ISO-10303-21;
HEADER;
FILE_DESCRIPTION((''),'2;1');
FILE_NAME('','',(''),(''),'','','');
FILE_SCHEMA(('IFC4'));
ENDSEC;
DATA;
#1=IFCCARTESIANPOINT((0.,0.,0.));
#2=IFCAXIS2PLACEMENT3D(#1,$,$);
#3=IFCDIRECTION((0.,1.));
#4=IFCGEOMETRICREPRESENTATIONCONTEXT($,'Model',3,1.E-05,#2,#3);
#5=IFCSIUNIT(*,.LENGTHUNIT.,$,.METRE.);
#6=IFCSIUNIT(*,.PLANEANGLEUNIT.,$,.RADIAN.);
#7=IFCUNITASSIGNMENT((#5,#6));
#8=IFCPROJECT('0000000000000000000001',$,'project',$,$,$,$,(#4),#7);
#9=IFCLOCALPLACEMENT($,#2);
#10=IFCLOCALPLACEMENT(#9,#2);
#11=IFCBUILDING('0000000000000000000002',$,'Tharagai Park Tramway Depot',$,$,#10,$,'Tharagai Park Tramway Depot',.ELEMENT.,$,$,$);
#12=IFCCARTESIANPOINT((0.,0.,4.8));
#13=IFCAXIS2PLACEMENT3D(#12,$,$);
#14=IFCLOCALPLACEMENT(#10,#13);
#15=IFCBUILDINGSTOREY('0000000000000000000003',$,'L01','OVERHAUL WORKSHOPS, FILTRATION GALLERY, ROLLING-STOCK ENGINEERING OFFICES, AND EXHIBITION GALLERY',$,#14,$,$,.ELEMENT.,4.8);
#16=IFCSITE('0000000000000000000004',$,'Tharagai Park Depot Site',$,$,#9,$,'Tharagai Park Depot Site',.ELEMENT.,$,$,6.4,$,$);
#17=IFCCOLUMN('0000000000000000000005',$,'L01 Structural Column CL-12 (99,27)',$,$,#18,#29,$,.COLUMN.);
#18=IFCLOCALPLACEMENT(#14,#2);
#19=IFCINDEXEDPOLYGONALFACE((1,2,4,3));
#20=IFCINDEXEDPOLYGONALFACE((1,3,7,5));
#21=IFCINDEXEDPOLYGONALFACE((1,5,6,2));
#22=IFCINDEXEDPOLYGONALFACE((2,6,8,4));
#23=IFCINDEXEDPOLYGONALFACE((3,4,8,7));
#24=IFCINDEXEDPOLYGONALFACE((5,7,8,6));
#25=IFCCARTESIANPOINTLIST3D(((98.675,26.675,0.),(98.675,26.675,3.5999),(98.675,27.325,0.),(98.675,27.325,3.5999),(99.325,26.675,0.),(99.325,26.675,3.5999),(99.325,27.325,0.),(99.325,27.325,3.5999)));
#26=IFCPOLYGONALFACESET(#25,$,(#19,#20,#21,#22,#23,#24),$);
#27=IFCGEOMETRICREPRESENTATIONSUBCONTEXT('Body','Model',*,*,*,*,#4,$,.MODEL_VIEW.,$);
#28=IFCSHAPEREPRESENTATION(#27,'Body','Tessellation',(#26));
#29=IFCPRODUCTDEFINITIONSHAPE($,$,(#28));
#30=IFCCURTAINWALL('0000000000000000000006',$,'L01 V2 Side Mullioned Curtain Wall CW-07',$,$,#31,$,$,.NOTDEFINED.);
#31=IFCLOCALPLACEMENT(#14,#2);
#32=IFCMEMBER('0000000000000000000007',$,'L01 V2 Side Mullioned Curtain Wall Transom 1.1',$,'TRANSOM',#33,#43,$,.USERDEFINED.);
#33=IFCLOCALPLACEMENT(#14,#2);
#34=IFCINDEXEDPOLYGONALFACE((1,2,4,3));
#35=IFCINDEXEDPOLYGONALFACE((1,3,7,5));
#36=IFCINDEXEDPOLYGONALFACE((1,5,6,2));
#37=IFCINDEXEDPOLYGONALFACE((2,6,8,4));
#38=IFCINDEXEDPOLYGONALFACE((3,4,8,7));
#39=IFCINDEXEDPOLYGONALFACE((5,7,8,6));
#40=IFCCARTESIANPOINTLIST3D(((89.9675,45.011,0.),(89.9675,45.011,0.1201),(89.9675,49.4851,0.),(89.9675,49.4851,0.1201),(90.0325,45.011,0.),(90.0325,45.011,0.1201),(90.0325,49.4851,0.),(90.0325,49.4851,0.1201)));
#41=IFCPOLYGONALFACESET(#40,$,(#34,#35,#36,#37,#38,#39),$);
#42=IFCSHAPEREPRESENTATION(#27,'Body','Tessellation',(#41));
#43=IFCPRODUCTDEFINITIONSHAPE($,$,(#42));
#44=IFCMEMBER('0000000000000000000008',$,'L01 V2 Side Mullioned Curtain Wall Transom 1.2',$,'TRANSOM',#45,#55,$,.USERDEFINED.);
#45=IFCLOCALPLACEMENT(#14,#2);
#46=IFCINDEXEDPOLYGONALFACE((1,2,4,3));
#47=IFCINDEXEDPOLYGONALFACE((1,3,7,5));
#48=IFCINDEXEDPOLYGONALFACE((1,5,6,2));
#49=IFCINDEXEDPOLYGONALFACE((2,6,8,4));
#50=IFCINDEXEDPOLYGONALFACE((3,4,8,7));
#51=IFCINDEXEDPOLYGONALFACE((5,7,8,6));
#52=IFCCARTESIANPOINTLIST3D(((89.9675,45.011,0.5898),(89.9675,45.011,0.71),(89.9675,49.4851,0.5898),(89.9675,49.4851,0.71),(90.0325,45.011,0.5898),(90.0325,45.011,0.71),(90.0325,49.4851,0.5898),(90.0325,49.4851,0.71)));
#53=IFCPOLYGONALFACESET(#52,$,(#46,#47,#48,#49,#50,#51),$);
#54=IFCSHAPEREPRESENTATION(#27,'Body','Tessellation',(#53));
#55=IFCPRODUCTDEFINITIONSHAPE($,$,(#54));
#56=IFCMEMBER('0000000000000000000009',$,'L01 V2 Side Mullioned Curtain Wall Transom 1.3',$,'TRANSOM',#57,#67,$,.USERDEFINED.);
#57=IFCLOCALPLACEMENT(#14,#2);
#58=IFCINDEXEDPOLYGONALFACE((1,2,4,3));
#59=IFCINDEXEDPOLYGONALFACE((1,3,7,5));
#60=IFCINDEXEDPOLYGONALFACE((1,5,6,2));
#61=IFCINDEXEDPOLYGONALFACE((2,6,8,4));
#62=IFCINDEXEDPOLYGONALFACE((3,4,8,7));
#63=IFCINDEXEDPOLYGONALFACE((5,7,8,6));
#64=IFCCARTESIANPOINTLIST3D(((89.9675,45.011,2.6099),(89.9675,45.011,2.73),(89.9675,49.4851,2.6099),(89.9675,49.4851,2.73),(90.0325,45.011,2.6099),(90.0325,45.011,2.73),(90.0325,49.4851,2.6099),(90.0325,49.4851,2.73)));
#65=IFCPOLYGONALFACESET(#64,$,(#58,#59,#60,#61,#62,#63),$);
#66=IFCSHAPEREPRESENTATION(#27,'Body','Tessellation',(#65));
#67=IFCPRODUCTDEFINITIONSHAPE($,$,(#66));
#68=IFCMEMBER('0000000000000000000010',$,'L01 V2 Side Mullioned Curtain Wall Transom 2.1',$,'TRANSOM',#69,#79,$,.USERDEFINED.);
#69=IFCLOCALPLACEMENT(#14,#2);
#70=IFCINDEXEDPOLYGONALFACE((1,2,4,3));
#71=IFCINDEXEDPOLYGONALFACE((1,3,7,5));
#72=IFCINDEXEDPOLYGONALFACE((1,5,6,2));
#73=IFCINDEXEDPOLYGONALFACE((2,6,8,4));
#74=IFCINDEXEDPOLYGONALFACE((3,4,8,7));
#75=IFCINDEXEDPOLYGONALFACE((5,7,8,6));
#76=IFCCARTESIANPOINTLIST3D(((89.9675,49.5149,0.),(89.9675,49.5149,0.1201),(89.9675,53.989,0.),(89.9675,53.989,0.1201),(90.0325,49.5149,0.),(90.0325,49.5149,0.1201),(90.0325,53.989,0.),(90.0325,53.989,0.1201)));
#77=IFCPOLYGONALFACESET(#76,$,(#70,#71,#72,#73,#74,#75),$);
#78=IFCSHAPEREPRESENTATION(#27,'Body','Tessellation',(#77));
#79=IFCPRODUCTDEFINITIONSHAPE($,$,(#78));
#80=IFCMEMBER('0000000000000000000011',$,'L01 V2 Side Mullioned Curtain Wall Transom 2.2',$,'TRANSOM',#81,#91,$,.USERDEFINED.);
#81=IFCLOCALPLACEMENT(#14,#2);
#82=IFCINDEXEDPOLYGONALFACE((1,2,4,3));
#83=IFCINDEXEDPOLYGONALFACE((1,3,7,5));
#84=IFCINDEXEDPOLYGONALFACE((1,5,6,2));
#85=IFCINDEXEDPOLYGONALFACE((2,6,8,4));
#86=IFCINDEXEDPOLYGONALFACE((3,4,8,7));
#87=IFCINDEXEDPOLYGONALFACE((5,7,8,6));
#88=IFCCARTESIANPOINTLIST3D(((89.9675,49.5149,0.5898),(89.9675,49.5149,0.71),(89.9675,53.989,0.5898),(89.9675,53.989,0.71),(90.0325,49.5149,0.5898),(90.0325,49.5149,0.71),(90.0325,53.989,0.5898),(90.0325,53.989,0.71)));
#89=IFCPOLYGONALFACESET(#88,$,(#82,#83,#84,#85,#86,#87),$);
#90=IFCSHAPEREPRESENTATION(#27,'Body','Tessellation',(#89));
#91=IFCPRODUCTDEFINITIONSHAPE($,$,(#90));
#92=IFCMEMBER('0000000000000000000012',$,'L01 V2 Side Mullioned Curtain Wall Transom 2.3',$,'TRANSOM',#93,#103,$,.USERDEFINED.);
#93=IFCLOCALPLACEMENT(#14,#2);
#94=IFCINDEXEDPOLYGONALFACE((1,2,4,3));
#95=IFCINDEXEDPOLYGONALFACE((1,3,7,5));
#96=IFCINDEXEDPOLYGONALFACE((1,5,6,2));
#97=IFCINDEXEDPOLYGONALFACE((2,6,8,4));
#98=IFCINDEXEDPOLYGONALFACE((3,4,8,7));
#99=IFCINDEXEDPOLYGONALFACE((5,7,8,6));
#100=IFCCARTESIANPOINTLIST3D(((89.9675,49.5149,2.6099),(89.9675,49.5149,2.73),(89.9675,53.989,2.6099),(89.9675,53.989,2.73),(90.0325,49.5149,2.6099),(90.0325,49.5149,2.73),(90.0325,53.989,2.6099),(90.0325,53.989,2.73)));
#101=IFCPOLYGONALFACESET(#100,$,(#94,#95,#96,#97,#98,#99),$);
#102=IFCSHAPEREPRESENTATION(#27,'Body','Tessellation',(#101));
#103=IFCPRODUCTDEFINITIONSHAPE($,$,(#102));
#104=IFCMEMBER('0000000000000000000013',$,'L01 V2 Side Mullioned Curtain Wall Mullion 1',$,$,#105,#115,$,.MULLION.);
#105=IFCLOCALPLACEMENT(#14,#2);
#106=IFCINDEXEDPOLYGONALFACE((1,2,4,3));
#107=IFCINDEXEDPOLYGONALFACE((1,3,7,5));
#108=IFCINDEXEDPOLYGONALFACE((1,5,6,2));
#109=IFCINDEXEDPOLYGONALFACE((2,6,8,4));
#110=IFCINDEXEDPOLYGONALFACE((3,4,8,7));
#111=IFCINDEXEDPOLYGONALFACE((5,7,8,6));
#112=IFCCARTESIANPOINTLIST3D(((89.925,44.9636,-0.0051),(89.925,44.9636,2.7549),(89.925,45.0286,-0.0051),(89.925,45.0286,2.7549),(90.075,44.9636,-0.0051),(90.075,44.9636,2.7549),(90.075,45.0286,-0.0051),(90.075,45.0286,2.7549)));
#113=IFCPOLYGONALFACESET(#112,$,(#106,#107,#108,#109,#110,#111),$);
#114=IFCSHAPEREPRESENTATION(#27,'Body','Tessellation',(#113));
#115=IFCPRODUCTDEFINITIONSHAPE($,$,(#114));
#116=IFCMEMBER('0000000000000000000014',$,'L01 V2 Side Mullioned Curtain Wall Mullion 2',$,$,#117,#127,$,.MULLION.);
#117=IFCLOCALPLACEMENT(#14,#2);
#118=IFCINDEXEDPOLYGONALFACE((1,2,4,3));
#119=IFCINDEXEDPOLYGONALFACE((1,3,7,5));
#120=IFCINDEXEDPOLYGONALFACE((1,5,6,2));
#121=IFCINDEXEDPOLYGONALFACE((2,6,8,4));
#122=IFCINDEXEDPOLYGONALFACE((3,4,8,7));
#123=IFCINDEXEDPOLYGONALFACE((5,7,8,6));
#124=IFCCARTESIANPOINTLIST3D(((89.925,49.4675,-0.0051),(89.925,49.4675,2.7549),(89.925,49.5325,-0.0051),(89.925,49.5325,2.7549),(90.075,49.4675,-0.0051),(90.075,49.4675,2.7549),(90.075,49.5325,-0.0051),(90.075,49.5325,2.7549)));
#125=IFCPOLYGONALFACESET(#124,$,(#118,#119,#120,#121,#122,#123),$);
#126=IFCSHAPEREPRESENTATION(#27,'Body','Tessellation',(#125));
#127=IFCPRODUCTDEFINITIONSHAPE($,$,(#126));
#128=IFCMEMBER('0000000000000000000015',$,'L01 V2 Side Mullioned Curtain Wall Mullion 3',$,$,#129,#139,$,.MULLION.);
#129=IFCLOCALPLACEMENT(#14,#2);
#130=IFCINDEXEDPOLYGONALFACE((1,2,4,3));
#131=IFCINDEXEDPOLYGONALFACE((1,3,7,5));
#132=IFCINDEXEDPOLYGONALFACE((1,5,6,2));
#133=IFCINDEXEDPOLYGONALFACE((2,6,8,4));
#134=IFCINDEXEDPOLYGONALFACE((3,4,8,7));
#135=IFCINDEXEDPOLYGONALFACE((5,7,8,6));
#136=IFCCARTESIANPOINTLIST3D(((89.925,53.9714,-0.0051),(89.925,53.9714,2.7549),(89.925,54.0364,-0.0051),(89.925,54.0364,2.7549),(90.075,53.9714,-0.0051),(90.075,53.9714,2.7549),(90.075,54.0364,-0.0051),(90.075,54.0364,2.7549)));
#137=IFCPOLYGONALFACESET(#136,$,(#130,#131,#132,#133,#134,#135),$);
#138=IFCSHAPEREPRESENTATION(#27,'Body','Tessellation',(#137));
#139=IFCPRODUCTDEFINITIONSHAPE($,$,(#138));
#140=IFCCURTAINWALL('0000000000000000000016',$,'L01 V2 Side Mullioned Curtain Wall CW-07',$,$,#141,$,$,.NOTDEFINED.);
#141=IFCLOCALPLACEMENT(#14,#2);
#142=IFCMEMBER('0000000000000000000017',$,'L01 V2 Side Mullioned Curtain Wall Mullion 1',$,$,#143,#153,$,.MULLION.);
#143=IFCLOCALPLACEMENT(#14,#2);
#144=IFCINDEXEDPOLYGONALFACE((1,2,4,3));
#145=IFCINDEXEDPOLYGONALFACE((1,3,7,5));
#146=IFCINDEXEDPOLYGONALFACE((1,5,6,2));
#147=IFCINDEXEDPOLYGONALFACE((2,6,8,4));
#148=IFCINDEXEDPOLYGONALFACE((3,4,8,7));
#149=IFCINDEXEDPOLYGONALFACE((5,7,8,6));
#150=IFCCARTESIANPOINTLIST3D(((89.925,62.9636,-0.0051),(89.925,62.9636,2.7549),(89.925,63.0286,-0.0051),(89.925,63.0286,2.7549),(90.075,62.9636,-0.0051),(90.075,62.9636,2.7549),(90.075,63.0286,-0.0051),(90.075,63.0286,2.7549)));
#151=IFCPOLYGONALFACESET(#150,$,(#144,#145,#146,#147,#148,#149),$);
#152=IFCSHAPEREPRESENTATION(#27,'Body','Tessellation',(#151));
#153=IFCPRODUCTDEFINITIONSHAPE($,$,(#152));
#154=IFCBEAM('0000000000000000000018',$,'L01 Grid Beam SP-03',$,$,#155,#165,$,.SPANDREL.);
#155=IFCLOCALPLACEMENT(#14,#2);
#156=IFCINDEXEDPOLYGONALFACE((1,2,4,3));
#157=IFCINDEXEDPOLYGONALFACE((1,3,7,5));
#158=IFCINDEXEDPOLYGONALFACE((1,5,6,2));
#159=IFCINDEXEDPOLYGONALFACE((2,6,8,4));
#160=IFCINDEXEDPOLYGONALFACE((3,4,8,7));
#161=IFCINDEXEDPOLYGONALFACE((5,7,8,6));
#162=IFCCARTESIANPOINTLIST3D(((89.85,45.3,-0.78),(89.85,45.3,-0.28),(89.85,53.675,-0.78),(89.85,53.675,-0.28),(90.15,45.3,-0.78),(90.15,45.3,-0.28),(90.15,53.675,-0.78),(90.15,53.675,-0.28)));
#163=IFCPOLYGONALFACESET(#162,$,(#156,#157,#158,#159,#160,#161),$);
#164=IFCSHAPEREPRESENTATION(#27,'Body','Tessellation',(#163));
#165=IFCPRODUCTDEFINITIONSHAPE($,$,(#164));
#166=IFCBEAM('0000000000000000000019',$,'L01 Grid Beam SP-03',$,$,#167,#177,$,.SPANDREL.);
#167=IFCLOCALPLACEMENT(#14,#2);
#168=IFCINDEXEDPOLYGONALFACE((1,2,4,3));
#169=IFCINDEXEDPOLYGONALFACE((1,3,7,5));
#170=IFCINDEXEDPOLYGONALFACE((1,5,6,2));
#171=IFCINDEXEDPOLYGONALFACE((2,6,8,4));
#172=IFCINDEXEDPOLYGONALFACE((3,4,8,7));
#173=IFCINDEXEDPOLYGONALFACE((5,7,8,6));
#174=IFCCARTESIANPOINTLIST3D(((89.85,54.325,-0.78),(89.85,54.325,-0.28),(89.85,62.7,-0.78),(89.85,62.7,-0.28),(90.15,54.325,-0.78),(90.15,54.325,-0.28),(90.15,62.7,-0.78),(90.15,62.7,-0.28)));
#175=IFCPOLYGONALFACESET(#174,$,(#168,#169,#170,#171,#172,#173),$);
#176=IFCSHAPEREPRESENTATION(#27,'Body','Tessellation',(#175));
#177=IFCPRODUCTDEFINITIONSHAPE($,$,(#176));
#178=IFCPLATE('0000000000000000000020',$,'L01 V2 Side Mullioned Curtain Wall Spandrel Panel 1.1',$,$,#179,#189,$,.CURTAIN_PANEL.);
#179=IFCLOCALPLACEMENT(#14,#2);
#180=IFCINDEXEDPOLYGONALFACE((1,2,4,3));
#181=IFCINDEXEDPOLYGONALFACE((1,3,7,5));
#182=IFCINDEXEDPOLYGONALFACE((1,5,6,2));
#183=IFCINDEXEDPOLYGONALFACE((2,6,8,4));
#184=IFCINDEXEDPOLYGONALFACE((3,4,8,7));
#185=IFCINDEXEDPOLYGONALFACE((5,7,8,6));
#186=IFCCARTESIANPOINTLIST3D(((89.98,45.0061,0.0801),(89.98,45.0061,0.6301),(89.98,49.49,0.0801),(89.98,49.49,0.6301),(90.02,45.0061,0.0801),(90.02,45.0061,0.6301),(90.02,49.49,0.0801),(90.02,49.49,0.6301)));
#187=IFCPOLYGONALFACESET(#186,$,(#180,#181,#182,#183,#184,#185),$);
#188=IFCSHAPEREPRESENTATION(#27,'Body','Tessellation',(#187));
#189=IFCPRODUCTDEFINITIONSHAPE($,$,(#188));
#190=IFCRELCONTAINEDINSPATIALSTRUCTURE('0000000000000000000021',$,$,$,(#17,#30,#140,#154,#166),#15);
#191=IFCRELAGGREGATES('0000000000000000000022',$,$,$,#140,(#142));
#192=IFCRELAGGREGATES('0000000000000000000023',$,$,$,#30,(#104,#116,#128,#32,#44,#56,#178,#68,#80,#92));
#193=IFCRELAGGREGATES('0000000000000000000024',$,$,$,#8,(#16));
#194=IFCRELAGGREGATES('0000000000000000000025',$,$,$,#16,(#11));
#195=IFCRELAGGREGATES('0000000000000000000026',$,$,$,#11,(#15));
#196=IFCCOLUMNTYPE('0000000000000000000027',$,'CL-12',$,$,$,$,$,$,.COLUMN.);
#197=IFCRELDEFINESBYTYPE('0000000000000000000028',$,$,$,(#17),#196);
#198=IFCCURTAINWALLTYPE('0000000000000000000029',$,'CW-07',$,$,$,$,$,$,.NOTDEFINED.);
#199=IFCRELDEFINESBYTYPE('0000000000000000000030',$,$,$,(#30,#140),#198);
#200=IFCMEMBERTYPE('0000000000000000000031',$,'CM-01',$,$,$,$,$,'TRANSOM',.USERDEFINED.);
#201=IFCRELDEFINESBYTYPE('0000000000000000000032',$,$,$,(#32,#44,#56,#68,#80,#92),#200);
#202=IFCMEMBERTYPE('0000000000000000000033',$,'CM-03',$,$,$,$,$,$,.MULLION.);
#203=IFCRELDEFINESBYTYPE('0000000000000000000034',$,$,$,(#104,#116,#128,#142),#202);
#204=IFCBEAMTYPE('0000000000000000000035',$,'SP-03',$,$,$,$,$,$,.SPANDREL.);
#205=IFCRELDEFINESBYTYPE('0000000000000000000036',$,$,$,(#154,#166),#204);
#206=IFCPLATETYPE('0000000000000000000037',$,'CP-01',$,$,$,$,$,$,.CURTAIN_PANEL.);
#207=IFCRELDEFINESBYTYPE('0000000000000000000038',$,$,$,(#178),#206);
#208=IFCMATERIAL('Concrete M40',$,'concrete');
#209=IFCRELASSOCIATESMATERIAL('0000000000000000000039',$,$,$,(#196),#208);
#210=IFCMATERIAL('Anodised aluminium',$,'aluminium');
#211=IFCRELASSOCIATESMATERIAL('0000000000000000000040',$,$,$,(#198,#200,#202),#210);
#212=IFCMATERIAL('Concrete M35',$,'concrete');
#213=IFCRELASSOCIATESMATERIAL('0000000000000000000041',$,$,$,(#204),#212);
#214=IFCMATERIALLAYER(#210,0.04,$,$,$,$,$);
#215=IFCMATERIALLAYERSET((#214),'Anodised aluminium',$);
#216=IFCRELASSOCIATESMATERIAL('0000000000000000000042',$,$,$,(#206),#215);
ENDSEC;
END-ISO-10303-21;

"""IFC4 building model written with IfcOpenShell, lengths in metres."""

from ifc_helpers import new_model, si_unit, direction, frame, origin, origin_2d, place, context, subcontext, project, spatial, rectangle, extrude, material, layer, layer_set, material_profile, profile_set, type_object, element, aggregate, save


model = new_model("IFC4")

# Units and contexts
model_context = context("Model", 3, precision=1e-05, world=origin(), true_north=direction((0.0, 1.0)))
body_context = subcontext(model_context, "Body", "Model", "MODEL_VIEW")
ifc_project = project(units=[si_unit("LENGTHUNIT", "METRE"), si_unit("PLANEANGLEUNIT", "RADIAN")], contexts=[model_context])

# Site, building, storey
site_placement = place(None, origin())
site = spatial("IfcSite", under=ifc_project, at=site_placement, Name="Tharagai Park Depot Site", LongName="Tharagai Park Depot Site", CompositionType="ELEMENT", RefElevation=6.4)
building_placement = place(site_placement, origin())
building = spatial("IfcBuilding", under=site, at=building_placement, Name="Tharagai Park Tramway Depot", LongName="Tharagai Park Tramway Depot", CompositionType="ELEMENT")
storey_placement = place(building_placement, frame((0.0, 0.0, 4.8)))
storey = spatial("IfcBuildingStorey", under=building, at=storey_placement, Name="L01", Description="OVERHAUL WORKSHOPS, FILTRATION GALLERY, ROLLING-STOCK ENGINEERING OFFICES, AND EXHIBITION GALLERY", CompositionType="ELEMENT", Elevation=4.8)

# Column
ifc_material_1 = material(Name="Concrete M40", Category="concrete")
ifc_material_profile_1 = material_profile(ifc_material_1, rectangle(XDim=0.6499, YDim=0.6499, at=origin_2d()), Name="RC 650x650")
ifc_profile_set_1 = profile_set([ifc_material_profile_1], Name="Concrete M40")
column_type = type_object("IfcColumnType", Name="CL-12", PredefinedType="COLUMN", material=ifc_profile_set_1)
column_placement = place(storey_placement, frame((99.0, 27.0, 0.0), z_axis=(0.0, 0.0, 1.0), x_axis=(1.0, 0.0, 0.0)))
element("IfcColumn", 1, at=column_placement, inside=storey, type_object=column_type, Name="L01 Structural Column CL-12 (99,27)", PredefinedType="COLUMN", context=body_context, shape_type="SweptSolid", body=[
    extrude(rectangle(XDim=0.6499, YDim=0.6499, at=origin_2d()), origin(), (0.0, 0.0, 1.0), 3.5999),
])

# Curtain wall, members
ifc_material_2 = material(Name="Anodised aluminium", Category="aluminium")
curtain_wall_type = type_object("IfcCurtainWallType", Name="CW-07", PredefinedType="NOTDEFINED", material=ifc_material_2)
curtain_wall_1_placement = place(storey_placement, origin())
curtain_wall_1 = element("IfcCurtainWall", 2, at=curtain_wall_1_placement, inside=storey, type_object=curtain_wall_type, Name="L01 V2 Side Mullioned Curtain Wall CW-07", PredefinedType="NOTDEFINED")
ifc_material_profile_2 = material_profile(ifc_material_2, rectangle(XDim=0.0649, YDim=0.1201, at=origin_2d()), Name="ALU 65x120")
ifc_profile_set_2 = profile_set([ifc_material_profile_2], Name="Anodised aluminium")
member_type_1 = type_object("IfcMemberType", Name="CM-01", ElementType="TRANSOM", PredefinedType="USERDEFINED", material=ifc_profile_set_2)
member_1_placement = place(storey_placement, frame((90.0, 45.011, 0.0601), z_axis=(0.0, 1.0, 0.0), x_axis=(-1.0, 0.0, 0.0)))
member_1 = element("IfcMember", 3, at=member_1_placement, type_object=member_type_1, Name="L01 V2 Side Mullioned Curtain Wall Transom 1.1", ObjectType="TRANSOM", PredefinedType="USERDEFINED", context=body_context, shape_type="SweptSolid", body=[
    extrude(rectangle(XDim=0.0649, YDim=0.1201, at=origin_2d()), origin(), (0.0, 0.0, 1.0), 4.4741),
])
member_2_placement = place(storey_placement, frame((90.0, 45.011, 0.6499), z_axis=(0.0, 1.0, 0.0), x_axis=(-1.0, 0.0, 0.0)))
member_2 = element("IfcMember", 4, at=member_2_placement, type_object=member_type_1, Name="L01 V2 Side Mullioned Curtain Wall Transom 1.2", ObjectType="TRANSOM", PredefinedType="USERDEFINED", context=body_context, shape_type="SweptSolid", body=[
    extrude(rectangle(XDim=0.0649, YDim=0.1201, at=origin_2d()), origin(), (0.0, 0.0, 1.0), 4.4741),
])
member_3_placement = place(storey_placement, frame((90.0, 45.011, 2.6699), z_axis=(0.0, 1.0, 0.0), x_axis=(-1.0, 0.0, 0.0)))
member_3 = element("IfcMember", 5, at=member_3_placement, type_object=member_type_1, Name="L01 V2 Side Mullioned Curtain Wall Transom 1.3", ObjectType="TRANSOM", PredefinedType="USERDEFINED", context=body_context, shape_type="SweptSolid", body=[
    extrude(rectangle(XDim=0.0649, YDim=0.1201, at=origin_2d()), origin(), (0.0, 0.0, 1.0), 4.4741),
])
member_4_placement = place(storey_placement, frame((90.0, 49.5149, 0.0601), z_axis=(0.0, 1.0, 0.0), x_axis=(-1.0, 0.0, 0.0)))
member_4 = element("IfcMember", 6, at=member_4_placement, type_object=member_type_1, Name="L01 V2 Side Mullioned Curtain Wall Transom 2.1", ObjectType="TRANSOM", PredefinedType="USERDEFINED", context=body_context, shape_type="SweptSolid", body=[
    extrude(rectangle(XDim=0.0649, YDim=0.1201, at=origin_2d()), origin(), (0.0, 0.0, 1.0), 4.4741),
])
member_5_placement = place(storey_placement, frame((90.0, 49.5149, 0.6499), z_axis=(0.0, 1.0, 0.0), x_axis=(-1.0, 0.0, 0.0)))
member_5 = element("IfcMember", 7, at=member_5_placement, type_object=member_type_1, Name="L01 V2 Side Mullioned Curtain Wall Transom 2.2", ObjectType="TRANSOM", PredefinedType="USERDEFINED", context=body_context, shape_type="SweptSolid", body=[
    extrude(rectangle(XDim=0.0649, YDim=0.1201, at=origin_2d()), origin(), (0.0, 0.0, 1.0), 4.4741),
])
member_6_placement = place(storey_placement, frame((90.0, 49.5149, 2.6699), z_axis=(0.0, 1.0, 0.0), x_axis=(-1.0, 0.0, 0.0)))
member_6 = element("IfcMember", 8, at=member_6_placement, type_object=member_type_1, Name="L01 V2 Side Mullioned Curtain Wall Transom 2.3", ObjectType="TRANSOM", PredefinedType="USERDEFINED", context=body_context, shape_type="SweptSolid", body=[
    extrude(rectangle(XDim=0.0649, YDim=0.1201, at=origin_2d()), origin(), (0.0, 0.0, 1.0), 4.4741),
])
ifc_material_profile_3 = material_profile(ifc_material_2, rectangle(XDim=0.0649, YDim=0.1499, at=origin_2d()), Name="ALU 65x150")
ifc_profile_set_3 = profile_set([ifc_material_profile_3], Name="Anodised aluminium")
member_type_2 = type_object("IfcMemberType", Name="CM-03", PredefinedType="MULLION", material=ifc_profile_set_3)
member_7_placement = place(storey_placement, frame((90.0, 44.9961, -0.0051), z_axis=(0.0, 0.0, 1.0), x_axis=(0.0, 1.0, 0.0)))
member_7 = element("IfcMember", 9, at=member_7_placement, type_object=member_type_2, Name="L01 V2 Side Mullioned Curtain Wall Mullion 1", PredefinedType="MULLION", context=body_context, shape_type="SweptSolid", body=[
    extrude(rectangle(XDim=0.0649, YDim=0.1499, at=origin_2d()), origin(), (0.0, 0.0, 1.0), 2.76),
])
member_8_placement = place(storey_placement, frame((90.0, 49.5, -0.0051), z_axis=(0.0, 0.0, 1.0), x_axis=(0.0, 1.0, 0.0)))
member_8 = element("IfcMember", 10, at=member_8_placement, type_object=member_type_2, Name="L01 V2 Side Mullioned Curtain Wall Mullion 2", PredefinedType="MULLION", context=body_context, shape_type="SweptSolid", body=[
    extrude(rectangle(XDim=0.0649, YDim=0.1499, at=origin_2d()), origin(), (0.0, 0.0, 1.0), 2.76),
])
member_9_placement = place(storey_placement, frame((90.0, 54.0039, -0.0051), z_axis=(0.0, 0.0, 1.0), x_axis=(0.0, 1.0, 0.0)))
member_9 = element("IfcMember", 11, at=member_9_placement, type_object=member_type_2, Name="L01 V2 Side Mullioned Curtain Wall Mullion 3", PredefinedType="MULLION", context=body_context, shape_type="SweptSolid", body=[
    extrude(rectangle(XDim=0.0649, YDim=0.1499, at=origin_2d()), origin(), (0.0, 0.0, 1.0), 2.76),
])

# Curtain wall, member
curtain_wall_2_placement = place(storey_placement, origin())
curtain_wall_2 = element("IfcCurtainWall", 12, at=curtain_wall_2_placement, inside=storey, type_object=curtain_wall_type, Name="L01 V2 Side Mullioned Curtain Wall CW-07", PredefinedType="NOTDEFINED")
member_10_placement = place(storey_placement, frame((90.0, 62.9961, -0.0051), z_axis=(0.0, 0.0, 1.0), x_axis=(0.0, 1.0, 0.0)))
member_10 = element("IfcMember", 13, at=member_10_placement, type_object=member_type_2, Name="L01 V2 Side Mullioned Curtain Wall Mullion 1", PredefinedType="MULLION", context=body_context, shape_type="SweptSolid", body=[
    extrude(rectangle(XDim=0.0649, YDim=0.1499, at=origin_2d()), origin(), (0.0, 0.0, 1.0), 2.76),
])
aggregate(curtain_wall_2, [member_10])

# Beams
ifc_material_3 = material(Name="Concrete M35", Category="concrete")
ifc_material_profile_4 = material_profile(ifc_material_3, rectangle(XDim=0.3, YDim=0.5, at=origin_2d()), Name="RC 300x500")
ifc_profile_set_4 = profile_set([ifc_material_profile_4], Name="Concrete M35")
beam_type = type_object("IfcBeamType", Name="SP-03", PredefinedType="SPANDREL", material=ifc_profile_set_4)
for number, where, z_axis, x_axis, name in (
    (14, (90.0, 45.3, -0.53), (0.0, 1.0, 0.0), (-1.0, 0.0, 0.0), "L01 Grid Beam SP-03"),
    (15, (90.0, 54.325, -0.53), (0.0, 1.0, 0.0), (-1.0, 0.0, 0.0), "L01 Grid Beam SP-03"),
):
    element("IfcBeam", number, at=place(storey_placement, frame(where, z_axis=z_axis, x_axis=x_axis)), inside=storey, type_object=beam_type, Name=name, PredefinedType="SPANDREL", context=body_context, shape_type="SweptSolid", body=[
        extrude(rectangle(XDim=0.3, YDim=0.5, at=origin_2d()), origin(), (0.0, 0.0, 1.0), 8.375),
    ])

# Plate
ifc_layer_1 = layer(ifc_material_2, 0.04)
ifc_layer_set_1 = layer_set([ifc_layer_1], Name="Anodised aluminium")
plate_type_1 = type_object("IfcPlateType", Name="CP-01", PredefinedType="CURTAIN_PANEL", material=ifc_layer_set_1)
plate_1_placement = place(storey_placement, frame((90.0, 47.248, 0.0801), z_axis=(0.0, 0.0, 1.0), x_axis=(0.0, 1.0, 0.0)))
plate_1 = element("IfcPlate", 16, at=plate_1_placement, type_object=plate_type_1, Name="L01 V2 Side Mullioned Curtain Wall Spandrel Panel 1.1", PredefinedType="CURTAIN_PANEL", context=body_context, shape_type="SweptSolid", body=[
    extrude(rectangle(XDim=4.4839, YDim=0.04, at=origin_2d()), origin(), (0.0, 0.0, 1.0), 0.55),
])
aggregate(curtain_wall_1, [member_7, member_8, member_9, member_1, member_2, member_3, plate_1, member_4, member_5, member_6])

save(model, "model.ifc")
